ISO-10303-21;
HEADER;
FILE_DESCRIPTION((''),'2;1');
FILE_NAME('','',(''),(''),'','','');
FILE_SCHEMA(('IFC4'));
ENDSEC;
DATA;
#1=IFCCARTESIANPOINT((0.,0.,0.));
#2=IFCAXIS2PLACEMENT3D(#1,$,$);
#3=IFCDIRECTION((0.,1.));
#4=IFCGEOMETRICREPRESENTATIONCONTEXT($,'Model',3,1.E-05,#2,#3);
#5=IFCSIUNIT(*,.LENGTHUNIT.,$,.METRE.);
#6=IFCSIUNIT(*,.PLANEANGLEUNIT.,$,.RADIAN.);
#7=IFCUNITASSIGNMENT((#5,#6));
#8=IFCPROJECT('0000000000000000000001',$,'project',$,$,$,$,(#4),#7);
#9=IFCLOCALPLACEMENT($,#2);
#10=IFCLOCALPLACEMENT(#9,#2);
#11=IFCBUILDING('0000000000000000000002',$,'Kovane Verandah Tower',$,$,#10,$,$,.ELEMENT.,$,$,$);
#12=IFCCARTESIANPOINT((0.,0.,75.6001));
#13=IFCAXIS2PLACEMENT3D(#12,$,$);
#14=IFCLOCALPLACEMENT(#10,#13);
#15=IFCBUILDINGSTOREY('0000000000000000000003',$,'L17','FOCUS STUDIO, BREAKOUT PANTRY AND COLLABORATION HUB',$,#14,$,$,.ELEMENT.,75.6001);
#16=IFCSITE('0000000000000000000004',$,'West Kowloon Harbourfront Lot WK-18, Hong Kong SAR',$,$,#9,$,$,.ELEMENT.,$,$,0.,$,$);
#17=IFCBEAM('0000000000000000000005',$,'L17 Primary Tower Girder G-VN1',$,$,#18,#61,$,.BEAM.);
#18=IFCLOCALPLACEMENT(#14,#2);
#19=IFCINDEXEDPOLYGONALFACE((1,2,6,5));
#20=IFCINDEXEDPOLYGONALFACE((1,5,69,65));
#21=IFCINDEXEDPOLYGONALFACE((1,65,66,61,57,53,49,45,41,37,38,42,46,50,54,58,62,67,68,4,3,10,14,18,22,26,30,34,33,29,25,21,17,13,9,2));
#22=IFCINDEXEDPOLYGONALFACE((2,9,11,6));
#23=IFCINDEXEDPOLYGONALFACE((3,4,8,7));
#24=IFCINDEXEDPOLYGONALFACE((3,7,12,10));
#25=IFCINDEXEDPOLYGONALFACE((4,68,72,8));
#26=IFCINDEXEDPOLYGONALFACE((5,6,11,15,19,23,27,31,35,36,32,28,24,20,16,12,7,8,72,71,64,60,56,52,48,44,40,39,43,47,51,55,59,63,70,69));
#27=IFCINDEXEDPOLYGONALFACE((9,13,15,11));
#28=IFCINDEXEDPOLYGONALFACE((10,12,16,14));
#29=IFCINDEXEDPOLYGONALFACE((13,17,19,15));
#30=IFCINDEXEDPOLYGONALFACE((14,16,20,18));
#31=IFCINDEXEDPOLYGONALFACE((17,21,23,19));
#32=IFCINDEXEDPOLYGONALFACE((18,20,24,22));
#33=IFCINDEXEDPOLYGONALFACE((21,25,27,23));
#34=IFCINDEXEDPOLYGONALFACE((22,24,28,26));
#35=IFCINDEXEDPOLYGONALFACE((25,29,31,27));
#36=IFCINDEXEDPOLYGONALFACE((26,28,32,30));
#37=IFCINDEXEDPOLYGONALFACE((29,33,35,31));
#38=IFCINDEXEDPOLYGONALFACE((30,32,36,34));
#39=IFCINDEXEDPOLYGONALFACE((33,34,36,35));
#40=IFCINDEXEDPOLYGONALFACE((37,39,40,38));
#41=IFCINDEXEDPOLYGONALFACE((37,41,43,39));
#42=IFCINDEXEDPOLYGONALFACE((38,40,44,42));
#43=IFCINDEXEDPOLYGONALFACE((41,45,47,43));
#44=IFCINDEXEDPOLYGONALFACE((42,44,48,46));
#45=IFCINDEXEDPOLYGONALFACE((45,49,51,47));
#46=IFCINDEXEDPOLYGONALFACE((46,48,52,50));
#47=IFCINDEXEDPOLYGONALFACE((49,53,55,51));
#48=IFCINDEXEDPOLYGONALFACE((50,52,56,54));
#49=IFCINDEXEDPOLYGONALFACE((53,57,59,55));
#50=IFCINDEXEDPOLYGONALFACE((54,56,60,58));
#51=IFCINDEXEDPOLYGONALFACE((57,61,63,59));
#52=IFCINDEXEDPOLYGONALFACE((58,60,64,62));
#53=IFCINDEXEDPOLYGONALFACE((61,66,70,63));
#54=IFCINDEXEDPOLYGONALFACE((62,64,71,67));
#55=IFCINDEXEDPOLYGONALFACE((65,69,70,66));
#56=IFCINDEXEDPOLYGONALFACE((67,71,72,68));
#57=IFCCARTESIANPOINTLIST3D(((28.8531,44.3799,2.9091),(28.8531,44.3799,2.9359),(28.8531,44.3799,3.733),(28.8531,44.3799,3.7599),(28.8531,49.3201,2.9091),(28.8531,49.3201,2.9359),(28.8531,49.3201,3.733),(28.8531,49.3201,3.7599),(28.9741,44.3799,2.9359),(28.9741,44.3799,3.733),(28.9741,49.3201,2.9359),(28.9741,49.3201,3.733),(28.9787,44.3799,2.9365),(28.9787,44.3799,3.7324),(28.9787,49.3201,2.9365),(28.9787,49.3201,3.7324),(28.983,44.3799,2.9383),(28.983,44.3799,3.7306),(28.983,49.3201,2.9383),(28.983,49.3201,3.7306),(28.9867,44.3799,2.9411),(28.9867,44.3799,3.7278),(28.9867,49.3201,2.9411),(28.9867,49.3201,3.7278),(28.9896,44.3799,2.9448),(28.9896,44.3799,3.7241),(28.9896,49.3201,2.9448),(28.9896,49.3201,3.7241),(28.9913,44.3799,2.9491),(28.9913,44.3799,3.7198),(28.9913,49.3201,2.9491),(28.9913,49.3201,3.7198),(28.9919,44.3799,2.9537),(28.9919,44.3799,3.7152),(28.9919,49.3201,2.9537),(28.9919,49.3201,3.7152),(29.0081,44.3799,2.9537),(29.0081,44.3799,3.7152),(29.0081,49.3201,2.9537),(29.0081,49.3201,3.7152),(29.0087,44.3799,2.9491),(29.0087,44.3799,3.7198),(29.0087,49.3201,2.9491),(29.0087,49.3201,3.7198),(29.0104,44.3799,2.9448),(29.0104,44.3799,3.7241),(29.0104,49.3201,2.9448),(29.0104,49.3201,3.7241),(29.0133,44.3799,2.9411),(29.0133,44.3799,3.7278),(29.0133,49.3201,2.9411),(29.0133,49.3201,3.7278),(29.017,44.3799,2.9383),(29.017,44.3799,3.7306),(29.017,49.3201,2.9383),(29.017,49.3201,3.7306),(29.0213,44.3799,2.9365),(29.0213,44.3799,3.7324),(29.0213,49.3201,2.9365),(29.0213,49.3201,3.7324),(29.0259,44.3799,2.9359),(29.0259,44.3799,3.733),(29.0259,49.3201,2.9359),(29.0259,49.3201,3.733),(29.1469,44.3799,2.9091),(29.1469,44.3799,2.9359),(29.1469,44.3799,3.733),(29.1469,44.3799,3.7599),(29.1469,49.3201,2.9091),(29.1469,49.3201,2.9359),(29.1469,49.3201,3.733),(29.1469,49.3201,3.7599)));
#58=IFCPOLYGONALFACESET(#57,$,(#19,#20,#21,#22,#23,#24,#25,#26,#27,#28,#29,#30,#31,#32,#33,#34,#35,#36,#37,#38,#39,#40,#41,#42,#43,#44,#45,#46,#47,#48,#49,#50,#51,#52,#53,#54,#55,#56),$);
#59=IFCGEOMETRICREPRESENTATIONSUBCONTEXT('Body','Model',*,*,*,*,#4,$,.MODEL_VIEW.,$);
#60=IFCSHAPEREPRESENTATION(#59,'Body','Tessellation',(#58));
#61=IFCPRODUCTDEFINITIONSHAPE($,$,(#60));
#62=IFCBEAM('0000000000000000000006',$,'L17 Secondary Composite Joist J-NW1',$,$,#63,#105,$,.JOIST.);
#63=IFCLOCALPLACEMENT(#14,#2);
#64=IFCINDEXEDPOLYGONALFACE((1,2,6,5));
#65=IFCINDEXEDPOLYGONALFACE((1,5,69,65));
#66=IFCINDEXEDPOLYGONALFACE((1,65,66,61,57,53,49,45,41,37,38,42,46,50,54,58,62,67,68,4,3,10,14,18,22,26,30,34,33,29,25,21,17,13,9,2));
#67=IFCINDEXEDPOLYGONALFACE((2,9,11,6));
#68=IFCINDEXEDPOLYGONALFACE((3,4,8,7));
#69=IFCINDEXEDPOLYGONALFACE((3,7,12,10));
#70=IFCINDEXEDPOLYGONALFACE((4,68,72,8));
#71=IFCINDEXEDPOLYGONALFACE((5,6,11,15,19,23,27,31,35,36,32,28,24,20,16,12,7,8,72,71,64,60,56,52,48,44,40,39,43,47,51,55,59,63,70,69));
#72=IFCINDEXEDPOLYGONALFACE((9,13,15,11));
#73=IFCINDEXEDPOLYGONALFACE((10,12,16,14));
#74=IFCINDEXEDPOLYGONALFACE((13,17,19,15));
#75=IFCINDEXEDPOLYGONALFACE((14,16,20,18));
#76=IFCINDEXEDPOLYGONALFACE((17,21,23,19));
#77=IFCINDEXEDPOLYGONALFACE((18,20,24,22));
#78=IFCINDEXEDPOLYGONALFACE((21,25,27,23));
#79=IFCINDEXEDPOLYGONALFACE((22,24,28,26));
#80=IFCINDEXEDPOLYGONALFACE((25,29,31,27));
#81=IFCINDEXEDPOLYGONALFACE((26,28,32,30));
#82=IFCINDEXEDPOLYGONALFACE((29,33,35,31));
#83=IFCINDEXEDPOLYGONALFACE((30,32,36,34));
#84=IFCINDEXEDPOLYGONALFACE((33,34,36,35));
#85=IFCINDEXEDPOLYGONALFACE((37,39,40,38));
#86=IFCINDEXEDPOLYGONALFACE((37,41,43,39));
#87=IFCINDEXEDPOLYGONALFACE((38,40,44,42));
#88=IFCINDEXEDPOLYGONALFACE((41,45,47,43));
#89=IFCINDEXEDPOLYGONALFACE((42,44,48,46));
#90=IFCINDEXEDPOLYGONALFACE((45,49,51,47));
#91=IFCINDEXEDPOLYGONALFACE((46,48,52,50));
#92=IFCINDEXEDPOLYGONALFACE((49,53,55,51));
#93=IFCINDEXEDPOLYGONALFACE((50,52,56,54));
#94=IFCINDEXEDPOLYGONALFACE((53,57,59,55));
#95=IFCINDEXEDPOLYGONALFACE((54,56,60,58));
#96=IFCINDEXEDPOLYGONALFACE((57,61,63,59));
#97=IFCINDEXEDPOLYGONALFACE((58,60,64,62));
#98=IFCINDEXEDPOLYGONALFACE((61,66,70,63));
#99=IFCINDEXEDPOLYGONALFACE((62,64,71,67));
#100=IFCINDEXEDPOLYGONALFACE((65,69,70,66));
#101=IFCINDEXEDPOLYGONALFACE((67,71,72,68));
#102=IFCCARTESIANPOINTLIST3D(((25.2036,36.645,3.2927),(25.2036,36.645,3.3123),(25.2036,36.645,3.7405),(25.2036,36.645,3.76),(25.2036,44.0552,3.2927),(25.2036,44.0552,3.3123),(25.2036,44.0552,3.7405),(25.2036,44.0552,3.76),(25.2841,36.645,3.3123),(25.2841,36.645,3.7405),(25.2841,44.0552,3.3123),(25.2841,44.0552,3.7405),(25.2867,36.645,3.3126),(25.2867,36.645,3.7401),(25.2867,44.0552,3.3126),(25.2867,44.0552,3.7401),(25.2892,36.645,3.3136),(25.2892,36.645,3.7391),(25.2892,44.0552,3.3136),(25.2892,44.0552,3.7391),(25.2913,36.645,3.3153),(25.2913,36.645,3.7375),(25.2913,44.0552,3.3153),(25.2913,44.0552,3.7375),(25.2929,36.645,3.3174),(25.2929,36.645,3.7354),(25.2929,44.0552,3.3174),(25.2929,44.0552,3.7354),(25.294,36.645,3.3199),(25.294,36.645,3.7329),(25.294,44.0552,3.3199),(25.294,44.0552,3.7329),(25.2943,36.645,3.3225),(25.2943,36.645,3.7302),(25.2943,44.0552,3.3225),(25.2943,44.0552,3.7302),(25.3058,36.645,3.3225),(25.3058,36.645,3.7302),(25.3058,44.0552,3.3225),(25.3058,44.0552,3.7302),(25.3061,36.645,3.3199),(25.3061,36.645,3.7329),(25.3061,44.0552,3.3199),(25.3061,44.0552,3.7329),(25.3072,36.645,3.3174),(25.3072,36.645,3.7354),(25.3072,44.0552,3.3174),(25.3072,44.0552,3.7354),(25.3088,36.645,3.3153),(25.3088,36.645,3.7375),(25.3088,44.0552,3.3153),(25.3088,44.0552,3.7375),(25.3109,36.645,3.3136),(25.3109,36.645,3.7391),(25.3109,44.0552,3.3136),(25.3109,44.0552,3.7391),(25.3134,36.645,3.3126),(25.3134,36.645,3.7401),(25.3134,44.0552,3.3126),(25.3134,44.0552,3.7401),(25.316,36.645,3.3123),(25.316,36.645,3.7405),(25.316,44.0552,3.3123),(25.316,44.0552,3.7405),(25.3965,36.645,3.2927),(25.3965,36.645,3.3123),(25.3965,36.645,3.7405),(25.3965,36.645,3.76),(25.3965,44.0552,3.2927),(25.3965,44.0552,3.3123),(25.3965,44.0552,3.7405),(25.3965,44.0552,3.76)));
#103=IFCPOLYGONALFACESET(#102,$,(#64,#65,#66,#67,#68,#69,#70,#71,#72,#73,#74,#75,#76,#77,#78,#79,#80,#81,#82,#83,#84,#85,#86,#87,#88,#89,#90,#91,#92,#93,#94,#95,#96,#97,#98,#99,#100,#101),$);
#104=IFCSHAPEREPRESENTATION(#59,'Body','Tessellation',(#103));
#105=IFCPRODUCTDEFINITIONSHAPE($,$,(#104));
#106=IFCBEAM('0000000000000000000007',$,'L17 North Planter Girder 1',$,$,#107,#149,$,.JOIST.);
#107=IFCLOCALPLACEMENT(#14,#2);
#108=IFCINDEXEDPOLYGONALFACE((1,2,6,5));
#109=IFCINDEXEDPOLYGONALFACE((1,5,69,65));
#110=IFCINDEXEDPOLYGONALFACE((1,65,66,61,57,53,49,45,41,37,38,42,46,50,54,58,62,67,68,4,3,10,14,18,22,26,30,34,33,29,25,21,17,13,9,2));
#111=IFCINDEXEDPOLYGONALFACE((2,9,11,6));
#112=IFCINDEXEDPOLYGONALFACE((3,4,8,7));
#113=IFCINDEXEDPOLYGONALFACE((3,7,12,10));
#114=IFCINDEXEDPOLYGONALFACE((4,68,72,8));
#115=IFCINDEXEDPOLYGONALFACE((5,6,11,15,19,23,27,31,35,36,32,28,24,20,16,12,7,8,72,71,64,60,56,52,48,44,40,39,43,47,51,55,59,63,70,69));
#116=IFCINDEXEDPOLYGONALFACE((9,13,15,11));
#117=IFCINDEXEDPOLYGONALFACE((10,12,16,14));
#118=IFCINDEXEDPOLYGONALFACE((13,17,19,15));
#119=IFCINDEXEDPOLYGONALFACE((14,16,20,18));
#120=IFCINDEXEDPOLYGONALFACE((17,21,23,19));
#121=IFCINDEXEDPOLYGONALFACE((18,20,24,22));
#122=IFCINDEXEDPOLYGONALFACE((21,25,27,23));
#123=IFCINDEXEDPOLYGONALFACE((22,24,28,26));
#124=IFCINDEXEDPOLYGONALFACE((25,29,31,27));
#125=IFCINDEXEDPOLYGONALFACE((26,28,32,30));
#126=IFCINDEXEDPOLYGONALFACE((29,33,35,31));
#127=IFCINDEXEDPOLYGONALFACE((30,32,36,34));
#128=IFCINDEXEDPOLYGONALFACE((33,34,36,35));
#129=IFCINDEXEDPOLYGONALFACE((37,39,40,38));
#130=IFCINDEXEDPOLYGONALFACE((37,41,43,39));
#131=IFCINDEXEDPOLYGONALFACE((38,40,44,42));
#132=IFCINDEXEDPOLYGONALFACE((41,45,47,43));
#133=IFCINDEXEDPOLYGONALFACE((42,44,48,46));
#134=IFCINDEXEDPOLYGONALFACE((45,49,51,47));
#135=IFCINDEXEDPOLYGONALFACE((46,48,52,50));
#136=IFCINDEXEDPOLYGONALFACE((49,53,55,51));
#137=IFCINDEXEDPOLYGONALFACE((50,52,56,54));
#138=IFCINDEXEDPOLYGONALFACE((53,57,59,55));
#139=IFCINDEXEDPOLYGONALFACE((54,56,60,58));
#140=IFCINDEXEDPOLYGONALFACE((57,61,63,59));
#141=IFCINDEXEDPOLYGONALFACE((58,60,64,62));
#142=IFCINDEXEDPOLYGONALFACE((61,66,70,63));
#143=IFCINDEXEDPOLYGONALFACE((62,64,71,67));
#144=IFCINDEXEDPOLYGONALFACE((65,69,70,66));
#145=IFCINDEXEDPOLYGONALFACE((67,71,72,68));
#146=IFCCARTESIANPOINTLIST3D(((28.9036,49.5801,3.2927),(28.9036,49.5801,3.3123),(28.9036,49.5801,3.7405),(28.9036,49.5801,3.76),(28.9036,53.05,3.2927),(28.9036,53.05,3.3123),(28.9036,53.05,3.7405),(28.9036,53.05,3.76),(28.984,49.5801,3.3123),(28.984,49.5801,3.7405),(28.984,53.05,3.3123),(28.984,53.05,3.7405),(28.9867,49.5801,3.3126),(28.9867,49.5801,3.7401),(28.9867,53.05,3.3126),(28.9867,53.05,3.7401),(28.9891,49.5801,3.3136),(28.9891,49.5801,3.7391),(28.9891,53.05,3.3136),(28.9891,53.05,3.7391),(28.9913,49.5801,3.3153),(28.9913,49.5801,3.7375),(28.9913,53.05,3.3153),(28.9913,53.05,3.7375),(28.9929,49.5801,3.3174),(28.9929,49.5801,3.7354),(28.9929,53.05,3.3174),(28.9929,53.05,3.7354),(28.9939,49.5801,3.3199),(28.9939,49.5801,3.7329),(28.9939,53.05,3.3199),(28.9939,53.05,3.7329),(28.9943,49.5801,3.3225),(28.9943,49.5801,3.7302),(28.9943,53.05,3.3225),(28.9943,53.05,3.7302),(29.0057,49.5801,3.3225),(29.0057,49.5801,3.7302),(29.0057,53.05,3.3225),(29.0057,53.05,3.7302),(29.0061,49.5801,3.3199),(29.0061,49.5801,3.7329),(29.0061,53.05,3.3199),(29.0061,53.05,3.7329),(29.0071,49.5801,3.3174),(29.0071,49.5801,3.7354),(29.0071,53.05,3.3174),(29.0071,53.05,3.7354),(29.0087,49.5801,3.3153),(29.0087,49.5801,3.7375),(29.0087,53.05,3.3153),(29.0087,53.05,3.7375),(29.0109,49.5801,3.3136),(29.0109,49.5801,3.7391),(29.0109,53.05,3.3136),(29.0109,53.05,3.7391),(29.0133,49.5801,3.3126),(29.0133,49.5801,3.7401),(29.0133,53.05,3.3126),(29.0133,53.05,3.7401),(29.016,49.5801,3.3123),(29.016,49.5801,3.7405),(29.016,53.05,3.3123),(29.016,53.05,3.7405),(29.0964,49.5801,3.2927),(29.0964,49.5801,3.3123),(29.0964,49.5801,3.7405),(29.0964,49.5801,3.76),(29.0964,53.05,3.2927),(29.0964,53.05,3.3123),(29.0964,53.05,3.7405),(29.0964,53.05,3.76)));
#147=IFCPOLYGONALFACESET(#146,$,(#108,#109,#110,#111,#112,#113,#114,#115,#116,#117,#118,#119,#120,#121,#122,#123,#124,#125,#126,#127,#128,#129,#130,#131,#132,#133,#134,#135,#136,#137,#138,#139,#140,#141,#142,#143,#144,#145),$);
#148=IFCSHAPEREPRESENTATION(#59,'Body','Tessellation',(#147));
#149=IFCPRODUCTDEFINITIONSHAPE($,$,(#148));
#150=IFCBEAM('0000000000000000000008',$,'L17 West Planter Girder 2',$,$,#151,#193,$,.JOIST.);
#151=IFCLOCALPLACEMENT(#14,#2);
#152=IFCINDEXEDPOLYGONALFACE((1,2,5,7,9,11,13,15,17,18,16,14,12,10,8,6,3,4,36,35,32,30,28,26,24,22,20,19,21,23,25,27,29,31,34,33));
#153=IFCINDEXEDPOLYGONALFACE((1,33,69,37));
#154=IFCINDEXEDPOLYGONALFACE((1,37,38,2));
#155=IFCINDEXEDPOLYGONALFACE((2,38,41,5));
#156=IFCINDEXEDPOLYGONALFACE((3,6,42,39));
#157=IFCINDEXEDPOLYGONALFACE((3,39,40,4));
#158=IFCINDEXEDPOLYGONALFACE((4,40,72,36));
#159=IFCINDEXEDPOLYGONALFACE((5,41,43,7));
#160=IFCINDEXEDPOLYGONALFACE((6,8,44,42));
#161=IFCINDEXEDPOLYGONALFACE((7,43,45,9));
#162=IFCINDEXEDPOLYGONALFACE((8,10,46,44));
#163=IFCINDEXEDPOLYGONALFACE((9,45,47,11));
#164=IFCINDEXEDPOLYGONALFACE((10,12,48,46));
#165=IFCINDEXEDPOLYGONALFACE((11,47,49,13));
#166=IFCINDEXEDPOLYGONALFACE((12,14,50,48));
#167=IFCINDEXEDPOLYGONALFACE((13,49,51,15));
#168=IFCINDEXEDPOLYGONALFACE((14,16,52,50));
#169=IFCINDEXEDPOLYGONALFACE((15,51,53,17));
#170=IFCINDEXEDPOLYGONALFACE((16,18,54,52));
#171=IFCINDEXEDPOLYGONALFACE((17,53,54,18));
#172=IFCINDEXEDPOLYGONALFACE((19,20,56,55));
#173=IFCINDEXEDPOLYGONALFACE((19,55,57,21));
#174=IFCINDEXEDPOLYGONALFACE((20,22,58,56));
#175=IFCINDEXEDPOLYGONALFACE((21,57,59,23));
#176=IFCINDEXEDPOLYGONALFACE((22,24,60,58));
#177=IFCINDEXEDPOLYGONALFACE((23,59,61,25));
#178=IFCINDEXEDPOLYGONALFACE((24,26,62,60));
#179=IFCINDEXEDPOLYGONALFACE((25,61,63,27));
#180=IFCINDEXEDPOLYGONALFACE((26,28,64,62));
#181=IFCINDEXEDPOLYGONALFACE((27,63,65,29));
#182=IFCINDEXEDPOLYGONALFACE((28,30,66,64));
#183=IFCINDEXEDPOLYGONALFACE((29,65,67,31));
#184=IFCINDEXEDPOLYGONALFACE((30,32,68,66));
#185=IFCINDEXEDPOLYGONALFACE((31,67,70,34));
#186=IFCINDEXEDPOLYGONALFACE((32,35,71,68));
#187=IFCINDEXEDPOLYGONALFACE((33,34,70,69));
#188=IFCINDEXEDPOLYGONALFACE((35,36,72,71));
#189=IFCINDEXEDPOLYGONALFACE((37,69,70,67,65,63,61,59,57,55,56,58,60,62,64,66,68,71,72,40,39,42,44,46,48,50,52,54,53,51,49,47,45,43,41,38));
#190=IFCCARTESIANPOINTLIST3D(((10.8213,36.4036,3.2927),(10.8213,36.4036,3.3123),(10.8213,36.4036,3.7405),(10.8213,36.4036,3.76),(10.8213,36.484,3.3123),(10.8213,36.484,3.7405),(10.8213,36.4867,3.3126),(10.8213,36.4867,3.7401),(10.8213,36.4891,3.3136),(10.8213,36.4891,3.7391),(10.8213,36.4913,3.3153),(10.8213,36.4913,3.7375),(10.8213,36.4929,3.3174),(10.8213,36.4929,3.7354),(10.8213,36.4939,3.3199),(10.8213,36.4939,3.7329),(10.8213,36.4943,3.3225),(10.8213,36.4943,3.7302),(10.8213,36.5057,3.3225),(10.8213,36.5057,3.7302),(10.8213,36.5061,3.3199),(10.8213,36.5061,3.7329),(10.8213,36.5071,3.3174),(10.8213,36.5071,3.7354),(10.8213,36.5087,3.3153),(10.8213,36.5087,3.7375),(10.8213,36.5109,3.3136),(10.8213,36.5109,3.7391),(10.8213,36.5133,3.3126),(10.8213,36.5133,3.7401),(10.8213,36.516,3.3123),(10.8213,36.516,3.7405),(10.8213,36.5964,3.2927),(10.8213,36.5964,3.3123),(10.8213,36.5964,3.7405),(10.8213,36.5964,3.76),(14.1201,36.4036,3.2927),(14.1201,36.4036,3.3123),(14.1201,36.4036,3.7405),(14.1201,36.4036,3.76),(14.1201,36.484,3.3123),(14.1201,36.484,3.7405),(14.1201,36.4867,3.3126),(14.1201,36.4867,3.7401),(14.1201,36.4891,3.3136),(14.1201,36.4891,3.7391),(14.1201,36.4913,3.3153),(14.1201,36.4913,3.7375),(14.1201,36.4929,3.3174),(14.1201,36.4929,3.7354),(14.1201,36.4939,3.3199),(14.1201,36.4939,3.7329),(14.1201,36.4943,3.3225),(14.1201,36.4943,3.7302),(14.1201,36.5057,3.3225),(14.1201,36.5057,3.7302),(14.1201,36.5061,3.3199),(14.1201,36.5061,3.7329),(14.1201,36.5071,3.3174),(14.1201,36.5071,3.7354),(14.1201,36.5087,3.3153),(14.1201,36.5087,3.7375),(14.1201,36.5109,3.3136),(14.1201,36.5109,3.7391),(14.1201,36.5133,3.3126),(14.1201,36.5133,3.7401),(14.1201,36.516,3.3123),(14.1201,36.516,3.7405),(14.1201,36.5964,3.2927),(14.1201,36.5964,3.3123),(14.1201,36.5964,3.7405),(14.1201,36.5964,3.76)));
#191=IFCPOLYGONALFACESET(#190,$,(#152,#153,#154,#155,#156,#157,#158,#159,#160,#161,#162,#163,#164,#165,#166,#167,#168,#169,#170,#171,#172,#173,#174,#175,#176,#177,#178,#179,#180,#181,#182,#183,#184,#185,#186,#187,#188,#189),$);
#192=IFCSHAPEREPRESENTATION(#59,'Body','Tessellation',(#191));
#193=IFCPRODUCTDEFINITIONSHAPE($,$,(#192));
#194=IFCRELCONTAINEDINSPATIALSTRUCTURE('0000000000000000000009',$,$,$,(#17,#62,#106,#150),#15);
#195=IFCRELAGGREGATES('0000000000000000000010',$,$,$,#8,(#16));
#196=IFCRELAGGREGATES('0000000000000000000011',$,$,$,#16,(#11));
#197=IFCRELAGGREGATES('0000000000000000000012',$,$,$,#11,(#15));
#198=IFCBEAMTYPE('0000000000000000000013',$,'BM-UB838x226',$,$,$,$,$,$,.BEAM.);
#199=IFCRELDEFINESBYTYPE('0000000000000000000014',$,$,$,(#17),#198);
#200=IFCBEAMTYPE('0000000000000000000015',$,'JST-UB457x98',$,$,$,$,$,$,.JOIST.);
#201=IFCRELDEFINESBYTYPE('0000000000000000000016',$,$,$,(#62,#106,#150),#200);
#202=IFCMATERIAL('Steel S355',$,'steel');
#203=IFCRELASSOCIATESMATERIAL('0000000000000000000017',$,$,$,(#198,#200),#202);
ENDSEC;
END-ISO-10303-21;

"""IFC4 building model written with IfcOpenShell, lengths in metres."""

from ifc_helpers import new_model, si_unit, direction, frame, origin, origin_2d, place, context, subcontext, project, spatial, i_section, extrude, material, material_profile, profile_set, type_object, element, save


model = new_model("IFC4")

# Units and contexts
model_context = context("Model", 3, precision=1e-05, world=origin(), true_north=direction((0.0, 1.0)))
body_context = subcontext(model_context, "Body", "Model", "MODEL_VIEW")
ifc_project = project(units=[si_unit("LENGTHUNIT", "METRE"), si_unit("PLANEANGLEUNIT", "RADIAN")], contexts=[model_context])

# Site, building, storey
site_placement = place(None, origin())
site = spatial("IfcSite", under=ifc_project, at=site_placement, Name="West Kowloon Harbourfront Lot WK-18, Hong Kong SAR", CompositionType="ELEMENT", RefElevation=0.0)
building_placement = place(site_placement, origin())
building = spatial("IfcBuilding", under=site, at=building_placement, Name="Kovane Verandah Tower", CompositionType="ELEMENT")
storey_placement = place(building_placement, frame((0.0, 0.0, 75.6001)))
storey = spatial("IfcBuildingStorey", under=building, at=storey_placement, Name="L17", Description="FOCUS STUDIO, BREAKOUT PANTRY AND COLLABORATION HUB", CompositionType="ELEMENT", Elevation=75.6001)

# Beams
ifc_material_1 = material(Name="Steel S355", Category="steel")
ifc_material_profile_1 = material_profile(ifc_material_1, i_section(OverallWidth=0.2937, OverallDepth=0.8508, WebThickness=0.0161, FlangeThickness=0.0269, FilletRadius=0.0178, at=origin_2d()), Name="UB838x292x226")
ifc_profile_set_1 = profile_set([ifc_material_profile_1], Name="Steel S355")
beam_type_1 = type_object("IfcBeamType", Name="BM-UB838x226", PredefinedType="BEAM", material=ifc_profile_set_1)
beam_1_placement = place(storey_placement, frame((29.0, 44.3799, 3.3345), z_axis=(0.0, 1.0, 0.0), x_axis=(-1.0, 0.0, 0.0)))
element("IfcBeam", 1, at=beam_1_placement, inside=storey, type_object=beam_type_1, Name="L17 Primary Tower Girder G-VN1", PredefinedType="BEAM", context=body_context, shape_type="SweptSolid", body=[
    extrude(i_section(OverallWidth=0.2937, OverallDepth=0.8508, WebThickness=0.0161, FlangeThickness=0.0269, FilletRadius=0.0178, at=origin_2d()), origin(), (0.0, 0.0, 1.0), 4.9402),
])
ifc_material_profile_2 = material_profile(ifc_material_1, i_section(OverallWidth=0.1929, OverallDepth=0.4673, WebThickness=0.0115, FlangeThickness=0.0195, FilletRadius=0.0103, at=origin_2d()), Name="UB457x191x98")
ifc_profile_set_2 = profile_set([ifc_material_profile_2], Name="Steel S355")
beam_type_2 = type_object("IfcBeamType", Name="JST-UB457x98", PredefinedType="JOIST", material=ifc_profile_set_2)
beam_2_placement = place(storey_placement, frame((25.3, 36.645, 3.5264), z_axis=(0.0, 1.0, 0.0), x_axis=(-1.0, 0.0, 0.0)))
element("IfcBeam", 2, at=beam_2_placement, inside=storey, type_object=beam_type_2, Name="L17 Secondary Composite Joist J-NW1", PredefinedType="JOIST", context=body_context, shape_type="SweptSolid", body=[
    extrude(i_section(OverallWidth=0.1929, OverallDepth=0.4673, WebThickness=0.0115, FlangeThickness=0.0195, FilletRadius=0.0103, at=origin_2d()), origin(), (0.0, 0.0, 1.0), 7.4102),
])
beam_3_placement = place(storey_placement, frame((29.0, 49.5801, 3.5264), z_axis=(0.0, 1.0, 0.0), x_axis=(-1.0, 0.0, 0.0)))
element("IfcBeam", 3, at=beam_3_placement, inside=storey, type_object=beam_type_2, Name="L17 North Planter Girder 1", PredefinedType="JOIST", context=body_context, shape_type="SweptSolid", body=[
    extrude(i_section(OverallWidth=0.1929, OverallDepth=0.4673, WebThickness=0.0115, FlangeThickness=0.0195, FilletRadius=0.0103, at=origin_2d()), origin(), (0.0, 0.0, 1.0), 3.47),
])
beam_4_placement = place(storey_placement, frame((14.1201, 36.5, 3.5264), z_axis=(-1.0, 0.0, 0.0), x_axis=(0.0, -1.0, 0.0)))
element("IfcBeam", 4, at=beam_4_placement, inside=storey, type_object=beam_type_2, Name="L17 West Planter Girder 2", PredefinedType="JOIST", context=body_context, shape_type="SweptSolid", body=[
    extrude(i_section(OverallWidth=0.1929, OverallDepth=0.4673, WebThickness=0.0115, FlangeThickness=0.0195, FilletRadius=0.0103, at=origin_2d()), origin(), (0.0, 0.0, 1.0), 3.2988),
])

save(model, "model.ifc")
